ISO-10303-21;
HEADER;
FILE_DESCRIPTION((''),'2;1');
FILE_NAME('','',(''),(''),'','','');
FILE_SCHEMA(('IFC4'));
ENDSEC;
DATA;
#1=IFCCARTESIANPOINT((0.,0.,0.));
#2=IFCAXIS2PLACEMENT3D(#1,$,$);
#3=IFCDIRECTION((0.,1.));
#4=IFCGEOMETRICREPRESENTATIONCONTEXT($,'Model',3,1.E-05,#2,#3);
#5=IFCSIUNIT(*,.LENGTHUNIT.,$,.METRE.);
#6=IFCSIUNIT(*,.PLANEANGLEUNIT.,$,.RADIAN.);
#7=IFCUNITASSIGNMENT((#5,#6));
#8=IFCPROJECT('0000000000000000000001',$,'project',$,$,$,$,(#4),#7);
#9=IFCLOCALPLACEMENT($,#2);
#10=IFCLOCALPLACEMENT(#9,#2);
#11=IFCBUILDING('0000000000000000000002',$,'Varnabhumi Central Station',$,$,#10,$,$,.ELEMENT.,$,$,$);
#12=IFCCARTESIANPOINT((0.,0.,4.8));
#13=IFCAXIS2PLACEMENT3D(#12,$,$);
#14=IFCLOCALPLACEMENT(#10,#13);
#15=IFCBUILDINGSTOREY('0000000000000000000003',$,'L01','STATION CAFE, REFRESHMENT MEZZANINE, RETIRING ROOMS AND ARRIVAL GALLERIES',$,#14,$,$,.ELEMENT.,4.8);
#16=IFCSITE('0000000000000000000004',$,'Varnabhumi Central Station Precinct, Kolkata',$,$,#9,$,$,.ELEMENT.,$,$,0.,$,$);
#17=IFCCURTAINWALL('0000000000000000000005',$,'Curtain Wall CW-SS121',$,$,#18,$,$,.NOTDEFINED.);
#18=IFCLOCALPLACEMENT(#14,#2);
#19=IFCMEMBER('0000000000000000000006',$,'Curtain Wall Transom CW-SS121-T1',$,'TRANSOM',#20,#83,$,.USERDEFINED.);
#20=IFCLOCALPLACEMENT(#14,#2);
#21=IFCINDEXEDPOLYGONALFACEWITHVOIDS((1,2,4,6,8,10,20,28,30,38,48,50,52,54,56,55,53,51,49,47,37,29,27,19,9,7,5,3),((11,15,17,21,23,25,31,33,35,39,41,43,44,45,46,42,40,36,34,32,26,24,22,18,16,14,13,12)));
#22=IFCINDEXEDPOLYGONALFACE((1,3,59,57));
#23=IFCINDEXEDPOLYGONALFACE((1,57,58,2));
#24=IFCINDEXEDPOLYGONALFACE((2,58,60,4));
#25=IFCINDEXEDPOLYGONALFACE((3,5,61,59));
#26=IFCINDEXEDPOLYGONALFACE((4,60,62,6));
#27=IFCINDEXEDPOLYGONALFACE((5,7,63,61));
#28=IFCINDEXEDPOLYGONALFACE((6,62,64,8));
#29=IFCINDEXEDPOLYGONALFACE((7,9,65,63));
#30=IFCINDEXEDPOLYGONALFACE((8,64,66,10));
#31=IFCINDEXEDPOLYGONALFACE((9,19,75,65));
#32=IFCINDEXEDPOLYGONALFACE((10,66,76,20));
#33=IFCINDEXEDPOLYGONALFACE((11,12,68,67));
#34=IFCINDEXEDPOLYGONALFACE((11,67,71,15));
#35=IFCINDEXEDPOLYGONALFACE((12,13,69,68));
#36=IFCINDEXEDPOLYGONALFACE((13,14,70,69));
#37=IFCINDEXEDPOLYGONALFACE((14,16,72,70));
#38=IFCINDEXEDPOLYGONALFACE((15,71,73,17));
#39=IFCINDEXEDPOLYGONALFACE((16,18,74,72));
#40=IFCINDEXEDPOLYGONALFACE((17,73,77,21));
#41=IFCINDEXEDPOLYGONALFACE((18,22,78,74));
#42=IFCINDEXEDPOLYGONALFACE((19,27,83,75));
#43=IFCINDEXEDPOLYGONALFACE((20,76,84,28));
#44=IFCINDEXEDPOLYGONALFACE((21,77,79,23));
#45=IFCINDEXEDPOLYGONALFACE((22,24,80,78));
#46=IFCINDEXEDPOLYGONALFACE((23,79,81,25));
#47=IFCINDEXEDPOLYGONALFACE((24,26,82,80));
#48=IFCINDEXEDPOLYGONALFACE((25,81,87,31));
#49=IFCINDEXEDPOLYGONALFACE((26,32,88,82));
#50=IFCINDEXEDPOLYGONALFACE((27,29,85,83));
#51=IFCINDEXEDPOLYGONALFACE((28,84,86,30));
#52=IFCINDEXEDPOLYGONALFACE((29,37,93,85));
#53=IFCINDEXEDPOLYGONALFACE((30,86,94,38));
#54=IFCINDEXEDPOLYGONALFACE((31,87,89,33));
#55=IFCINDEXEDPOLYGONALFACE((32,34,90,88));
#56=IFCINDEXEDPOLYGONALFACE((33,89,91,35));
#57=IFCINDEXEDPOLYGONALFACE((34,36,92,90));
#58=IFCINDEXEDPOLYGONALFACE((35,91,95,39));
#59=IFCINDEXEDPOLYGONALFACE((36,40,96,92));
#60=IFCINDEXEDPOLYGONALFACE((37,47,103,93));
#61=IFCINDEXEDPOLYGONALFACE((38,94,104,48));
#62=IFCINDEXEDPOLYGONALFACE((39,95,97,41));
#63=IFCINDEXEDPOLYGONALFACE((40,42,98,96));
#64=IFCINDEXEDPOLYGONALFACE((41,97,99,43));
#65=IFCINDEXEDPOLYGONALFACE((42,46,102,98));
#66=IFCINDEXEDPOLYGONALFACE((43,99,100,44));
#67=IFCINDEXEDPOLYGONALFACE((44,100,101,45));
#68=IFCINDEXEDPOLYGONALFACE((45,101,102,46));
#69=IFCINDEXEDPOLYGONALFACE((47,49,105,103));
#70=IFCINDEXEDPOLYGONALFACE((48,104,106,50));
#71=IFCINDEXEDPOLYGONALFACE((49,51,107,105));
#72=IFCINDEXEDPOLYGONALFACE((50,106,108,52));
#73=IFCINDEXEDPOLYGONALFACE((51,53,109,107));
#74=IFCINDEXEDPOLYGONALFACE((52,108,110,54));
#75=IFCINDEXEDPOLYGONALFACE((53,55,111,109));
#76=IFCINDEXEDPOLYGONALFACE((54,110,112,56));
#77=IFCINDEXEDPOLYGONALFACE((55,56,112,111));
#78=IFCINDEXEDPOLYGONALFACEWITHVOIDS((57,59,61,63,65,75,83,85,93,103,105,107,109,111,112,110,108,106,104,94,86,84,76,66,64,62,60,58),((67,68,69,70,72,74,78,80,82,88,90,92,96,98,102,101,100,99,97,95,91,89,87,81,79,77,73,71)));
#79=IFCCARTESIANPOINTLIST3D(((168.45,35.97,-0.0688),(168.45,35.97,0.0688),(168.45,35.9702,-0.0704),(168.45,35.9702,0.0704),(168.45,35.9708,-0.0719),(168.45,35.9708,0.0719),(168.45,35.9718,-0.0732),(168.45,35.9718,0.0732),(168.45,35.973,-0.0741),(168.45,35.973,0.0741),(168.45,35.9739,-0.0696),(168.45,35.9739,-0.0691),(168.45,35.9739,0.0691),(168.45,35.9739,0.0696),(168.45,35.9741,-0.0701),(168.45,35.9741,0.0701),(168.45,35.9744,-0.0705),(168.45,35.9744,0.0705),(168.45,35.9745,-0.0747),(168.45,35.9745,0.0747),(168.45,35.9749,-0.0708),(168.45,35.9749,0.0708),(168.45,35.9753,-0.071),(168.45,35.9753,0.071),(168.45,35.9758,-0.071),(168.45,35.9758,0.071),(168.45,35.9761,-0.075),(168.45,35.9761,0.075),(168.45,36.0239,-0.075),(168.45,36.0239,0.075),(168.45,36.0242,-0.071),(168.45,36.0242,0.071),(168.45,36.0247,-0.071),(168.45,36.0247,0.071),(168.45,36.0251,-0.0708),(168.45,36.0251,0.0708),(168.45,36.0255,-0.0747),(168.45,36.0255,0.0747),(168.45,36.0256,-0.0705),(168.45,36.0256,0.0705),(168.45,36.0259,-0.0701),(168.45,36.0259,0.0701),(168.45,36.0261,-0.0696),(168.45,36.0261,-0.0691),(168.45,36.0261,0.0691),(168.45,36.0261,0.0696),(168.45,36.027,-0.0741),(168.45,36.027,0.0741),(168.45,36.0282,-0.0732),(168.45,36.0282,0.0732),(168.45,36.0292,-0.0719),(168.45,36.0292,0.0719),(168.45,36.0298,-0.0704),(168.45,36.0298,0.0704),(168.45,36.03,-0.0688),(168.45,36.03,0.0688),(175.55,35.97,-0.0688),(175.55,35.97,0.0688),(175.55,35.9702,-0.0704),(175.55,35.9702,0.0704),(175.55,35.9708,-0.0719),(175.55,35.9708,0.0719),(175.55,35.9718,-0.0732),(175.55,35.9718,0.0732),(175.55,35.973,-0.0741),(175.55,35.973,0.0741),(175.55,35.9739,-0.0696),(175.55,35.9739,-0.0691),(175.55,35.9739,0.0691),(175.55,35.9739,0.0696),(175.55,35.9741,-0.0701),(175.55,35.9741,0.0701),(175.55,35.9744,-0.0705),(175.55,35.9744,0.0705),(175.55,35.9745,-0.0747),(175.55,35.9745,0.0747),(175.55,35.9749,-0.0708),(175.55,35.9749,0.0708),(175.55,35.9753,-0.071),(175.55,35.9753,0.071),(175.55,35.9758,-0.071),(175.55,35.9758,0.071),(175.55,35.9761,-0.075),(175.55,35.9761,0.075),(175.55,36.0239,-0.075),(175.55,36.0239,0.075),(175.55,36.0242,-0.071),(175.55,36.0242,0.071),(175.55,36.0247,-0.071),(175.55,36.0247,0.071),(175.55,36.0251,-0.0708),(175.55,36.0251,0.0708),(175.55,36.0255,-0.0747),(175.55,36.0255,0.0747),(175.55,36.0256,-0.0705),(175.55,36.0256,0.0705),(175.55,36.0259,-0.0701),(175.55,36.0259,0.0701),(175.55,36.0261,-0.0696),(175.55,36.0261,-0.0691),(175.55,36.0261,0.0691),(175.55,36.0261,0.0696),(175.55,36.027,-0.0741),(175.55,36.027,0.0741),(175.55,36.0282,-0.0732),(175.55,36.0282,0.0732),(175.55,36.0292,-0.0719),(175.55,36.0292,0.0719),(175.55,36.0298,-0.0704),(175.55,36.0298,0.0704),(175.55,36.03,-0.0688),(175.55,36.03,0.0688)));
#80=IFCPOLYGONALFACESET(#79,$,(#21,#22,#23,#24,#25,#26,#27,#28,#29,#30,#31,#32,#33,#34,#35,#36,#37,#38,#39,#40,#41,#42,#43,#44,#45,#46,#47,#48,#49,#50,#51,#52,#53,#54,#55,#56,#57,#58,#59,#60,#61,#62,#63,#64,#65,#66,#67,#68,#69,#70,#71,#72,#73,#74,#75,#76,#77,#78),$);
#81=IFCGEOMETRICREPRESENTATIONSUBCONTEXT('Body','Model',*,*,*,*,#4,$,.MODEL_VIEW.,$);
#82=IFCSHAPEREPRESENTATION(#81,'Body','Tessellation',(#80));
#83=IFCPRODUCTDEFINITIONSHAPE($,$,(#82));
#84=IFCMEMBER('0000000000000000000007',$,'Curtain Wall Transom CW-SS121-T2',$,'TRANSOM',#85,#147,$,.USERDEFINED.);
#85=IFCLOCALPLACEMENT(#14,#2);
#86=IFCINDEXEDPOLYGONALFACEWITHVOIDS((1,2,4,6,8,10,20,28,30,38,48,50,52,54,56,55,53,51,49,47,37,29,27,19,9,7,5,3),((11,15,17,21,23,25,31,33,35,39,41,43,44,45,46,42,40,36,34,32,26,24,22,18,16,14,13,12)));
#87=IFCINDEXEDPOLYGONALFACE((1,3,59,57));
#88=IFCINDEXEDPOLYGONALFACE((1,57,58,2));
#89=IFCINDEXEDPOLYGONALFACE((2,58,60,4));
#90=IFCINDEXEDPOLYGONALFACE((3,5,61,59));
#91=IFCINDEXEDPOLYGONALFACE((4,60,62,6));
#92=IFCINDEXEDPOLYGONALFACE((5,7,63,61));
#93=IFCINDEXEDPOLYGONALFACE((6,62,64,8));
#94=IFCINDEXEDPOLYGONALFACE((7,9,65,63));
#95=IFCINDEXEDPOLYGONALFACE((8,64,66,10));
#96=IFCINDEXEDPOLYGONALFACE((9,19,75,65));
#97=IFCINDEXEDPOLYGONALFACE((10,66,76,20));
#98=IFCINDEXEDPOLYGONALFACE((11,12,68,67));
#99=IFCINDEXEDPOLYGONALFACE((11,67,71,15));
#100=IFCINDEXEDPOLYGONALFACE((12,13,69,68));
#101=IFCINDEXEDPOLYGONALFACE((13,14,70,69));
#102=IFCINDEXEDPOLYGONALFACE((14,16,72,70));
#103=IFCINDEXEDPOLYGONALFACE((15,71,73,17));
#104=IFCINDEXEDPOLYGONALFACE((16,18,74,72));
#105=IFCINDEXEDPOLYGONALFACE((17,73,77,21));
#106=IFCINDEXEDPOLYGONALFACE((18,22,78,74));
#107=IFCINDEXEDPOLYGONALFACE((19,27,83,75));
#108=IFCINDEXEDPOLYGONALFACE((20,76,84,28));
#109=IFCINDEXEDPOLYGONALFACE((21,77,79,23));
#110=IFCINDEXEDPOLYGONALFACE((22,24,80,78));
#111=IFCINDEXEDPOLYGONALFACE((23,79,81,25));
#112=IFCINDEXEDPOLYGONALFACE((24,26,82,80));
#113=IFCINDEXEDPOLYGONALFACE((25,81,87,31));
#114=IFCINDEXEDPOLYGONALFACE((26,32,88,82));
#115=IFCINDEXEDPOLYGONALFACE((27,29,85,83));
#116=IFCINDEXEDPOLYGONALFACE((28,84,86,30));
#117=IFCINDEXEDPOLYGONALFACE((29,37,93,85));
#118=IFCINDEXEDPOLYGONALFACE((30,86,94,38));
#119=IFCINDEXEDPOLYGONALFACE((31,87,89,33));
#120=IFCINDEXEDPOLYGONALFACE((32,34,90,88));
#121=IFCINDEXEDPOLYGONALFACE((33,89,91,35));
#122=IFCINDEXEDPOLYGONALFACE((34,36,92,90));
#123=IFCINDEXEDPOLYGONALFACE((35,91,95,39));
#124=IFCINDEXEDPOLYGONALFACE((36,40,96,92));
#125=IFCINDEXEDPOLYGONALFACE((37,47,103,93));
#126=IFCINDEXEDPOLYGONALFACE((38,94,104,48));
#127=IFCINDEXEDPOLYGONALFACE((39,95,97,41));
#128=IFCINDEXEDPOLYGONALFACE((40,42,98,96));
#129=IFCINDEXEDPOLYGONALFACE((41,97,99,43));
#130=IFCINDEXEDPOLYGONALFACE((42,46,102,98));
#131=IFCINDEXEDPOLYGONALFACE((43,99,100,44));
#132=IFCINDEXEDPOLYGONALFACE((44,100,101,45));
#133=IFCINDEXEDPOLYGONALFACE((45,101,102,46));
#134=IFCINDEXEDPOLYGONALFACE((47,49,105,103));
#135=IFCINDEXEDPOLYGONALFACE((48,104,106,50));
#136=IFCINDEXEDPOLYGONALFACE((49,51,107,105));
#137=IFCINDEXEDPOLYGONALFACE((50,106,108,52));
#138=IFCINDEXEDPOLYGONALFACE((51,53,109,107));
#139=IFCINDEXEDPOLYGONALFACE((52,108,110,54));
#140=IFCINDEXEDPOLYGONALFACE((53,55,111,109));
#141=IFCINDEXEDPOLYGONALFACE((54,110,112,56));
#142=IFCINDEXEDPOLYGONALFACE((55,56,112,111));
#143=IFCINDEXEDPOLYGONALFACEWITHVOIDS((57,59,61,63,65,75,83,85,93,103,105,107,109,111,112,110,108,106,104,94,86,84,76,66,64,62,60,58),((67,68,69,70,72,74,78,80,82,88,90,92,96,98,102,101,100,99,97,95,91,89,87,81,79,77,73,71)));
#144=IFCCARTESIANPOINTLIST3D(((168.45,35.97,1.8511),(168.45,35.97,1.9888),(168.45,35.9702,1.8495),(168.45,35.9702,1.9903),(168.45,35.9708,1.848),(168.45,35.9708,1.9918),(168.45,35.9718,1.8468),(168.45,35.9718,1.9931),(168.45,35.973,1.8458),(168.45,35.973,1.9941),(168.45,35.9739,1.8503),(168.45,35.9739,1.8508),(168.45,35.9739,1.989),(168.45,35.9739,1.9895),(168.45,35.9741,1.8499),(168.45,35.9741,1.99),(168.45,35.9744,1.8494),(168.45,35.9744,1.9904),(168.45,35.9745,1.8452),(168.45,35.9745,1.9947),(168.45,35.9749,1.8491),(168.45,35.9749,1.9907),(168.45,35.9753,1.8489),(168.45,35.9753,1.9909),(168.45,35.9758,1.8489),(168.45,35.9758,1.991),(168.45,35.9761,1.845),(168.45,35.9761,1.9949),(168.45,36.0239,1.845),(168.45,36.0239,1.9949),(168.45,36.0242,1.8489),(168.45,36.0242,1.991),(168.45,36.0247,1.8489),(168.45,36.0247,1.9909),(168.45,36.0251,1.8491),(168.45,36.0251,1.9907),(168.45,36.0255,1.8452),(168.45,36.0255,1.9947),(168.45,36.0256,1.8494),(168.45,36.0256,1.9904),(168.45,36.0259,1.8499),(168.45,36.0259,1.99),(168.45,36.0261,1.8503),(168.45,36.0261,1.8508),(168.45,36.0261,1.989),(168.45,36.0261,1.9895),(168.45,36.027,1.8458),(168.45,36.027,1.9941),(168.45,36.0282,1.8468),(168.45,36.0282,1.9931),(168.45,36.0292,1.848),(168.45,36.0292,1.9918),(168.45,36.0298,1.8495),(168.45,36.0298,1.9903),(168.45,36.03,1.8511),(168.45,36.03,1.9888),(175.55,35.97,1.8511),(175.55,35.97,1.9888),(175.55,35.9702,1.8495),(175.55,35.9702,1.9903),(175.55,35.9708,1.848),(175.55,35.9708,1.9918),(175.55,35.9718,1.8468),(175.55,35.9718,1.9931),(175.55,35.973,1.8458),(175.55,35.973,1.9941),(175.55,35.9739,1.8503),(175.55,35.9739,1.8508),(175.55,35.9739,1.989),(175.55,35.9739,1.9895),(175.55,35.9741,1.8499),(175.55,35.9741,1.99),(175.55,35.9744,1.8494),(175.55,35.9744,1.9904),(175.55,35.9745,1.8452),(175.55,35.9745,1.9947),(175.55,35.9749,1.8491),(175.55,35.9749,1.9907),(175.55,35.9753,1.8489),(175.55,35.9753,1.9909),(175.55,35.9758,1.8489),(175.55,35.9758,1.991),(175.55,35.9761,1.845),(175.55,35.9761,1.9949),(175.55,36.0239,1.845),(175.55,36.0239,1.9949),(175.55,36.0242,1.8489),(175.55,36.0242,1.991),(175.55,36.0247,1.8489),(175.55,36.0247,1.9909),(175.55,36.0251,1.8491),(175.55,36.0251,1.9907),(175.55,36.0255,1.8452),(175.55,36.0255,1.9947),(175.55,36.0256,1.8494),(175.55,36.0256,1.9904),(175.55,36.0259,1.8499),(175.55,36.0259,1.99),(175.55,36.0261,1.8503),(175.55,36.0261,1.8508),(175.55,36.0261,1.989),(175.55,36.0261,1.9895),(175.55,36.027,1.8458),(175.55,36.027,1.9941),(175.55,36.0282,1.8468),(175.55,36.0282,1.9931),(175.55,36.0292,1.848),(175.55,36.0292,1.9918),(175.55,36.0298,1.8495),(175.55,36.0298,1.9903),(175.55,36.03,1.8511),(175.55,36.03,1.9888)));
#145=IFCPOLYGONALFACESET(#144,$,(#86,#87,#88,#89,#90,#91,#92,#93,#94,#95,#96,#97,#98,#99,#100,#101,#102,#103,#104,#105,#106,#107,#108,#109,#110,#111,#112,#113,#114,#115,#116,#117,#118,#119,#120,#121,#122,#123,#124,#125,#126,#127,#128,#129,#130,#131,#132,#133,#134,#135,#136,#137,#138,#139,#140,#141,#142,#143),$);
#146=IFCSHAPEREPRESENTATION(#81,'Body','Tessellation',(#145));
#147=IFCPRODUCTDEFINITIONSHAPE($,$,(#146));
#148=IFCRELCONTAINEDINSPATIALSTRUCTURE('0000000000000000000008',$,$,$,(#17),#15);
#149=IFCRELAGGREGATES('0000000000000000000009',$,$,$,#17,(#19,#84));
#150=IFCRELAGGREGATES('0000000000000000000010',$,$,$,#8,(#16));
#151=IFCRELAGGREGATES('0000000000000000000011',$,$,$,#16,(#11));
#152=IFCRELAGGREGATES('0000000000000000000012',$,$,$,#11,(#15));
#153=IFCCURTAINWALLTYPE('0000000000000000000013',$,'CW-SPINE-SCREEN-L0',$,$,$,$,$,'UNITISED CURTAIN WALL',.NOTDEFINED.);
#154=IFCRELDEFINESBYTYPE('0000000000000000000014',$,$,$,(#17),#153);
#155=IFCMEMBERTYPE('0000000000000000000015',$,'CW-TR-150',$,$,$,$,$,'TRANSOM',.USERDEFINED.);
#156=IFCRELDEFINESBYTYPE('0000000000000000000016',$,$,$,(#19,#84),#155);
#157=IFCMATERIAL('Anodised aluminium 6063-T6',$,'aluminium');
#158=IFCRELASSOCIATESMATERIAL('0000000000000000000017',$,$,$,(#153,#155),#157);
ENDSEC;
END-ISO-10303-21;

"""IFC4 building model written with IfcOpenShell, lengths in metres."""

from ifc_helpers import new_model, si_unit, direction, frame, origin, origin_2d, place, context, subcontext, project, spatial, hollow_rectangle, extrude, material, material_profile, profile_set, type_object, element, aggregate, save


model = new_model("IFC4")

# Units and contexts
model_context = context("Model", 3, precision=1e-05, world=origin(), true_north=direction((0.0, 1.0)))
body_context = subcontext(model_context, "Body", "Model", "MODEL_VIEW")
ifc_project = project(units=[si_unit("LENGTHUNIT", "METRE"), si_unit("PLANEANGLEUNIT", "RADIAN")], contexts=[model_context])

# Site, building, storey
site_placement = place(None, origin())
site = spatial("IfcSite", under=ifc_project, at=site_placement, Name="Varnabhumi Central Station Precinct, Kolkata", CompositionType="ELEMENT", RefElevation=0.0)
building_placement = place(site_placement, origin())
building = spatial("IfcBuilding", under=site, at=building_placement, Name="Varnabhumi Central Station", CompositionType="ELEMENT")
storey_placement = place(building_placement, frame((0.0, 0.0, 4.8)))
storey = spatial("IfcBuildingStorey", under=building, at=storey_placement, Name="L01", Description="STATION CAFE, REFRESHMENT MEZZANINE, RETIRING ROOMS AND ARRIVAL GALLERIES", CompositionType="ELEMENT", Elevation=4.8)

# Curtain wall, members
ifc_material_1 = material(Name="Anodised aluminium 6063-T6", Category="aluminium")
curtain_wall_type = type_object("IfcCurtainWallType", Name="CW-SPINE-SCREEN-L0", ElementType="UNITISED CURTAIN WALL", PredefinedType="NOTDEFINED", material=ifc_material_1)
curtain_wall_placement = place(storey_placement, origin())
curtain_wall = element("IfcCurtainWall", 1, at=curtain_wall_placement, inside=storey, type_object=curtain_wall_type, Name="Curtain Wall CW-SS121", PredefinedType="NOTDEFINED")
ifc_material_profile_1 = material_profile(ifc_material_1, hollow_rectangle(XDim=0.0601, YDim=0.1499, WallThickness=0.0039, InnerFilletRadius=0.002, OuterFilletRadius=0.0061, at=origin_2d()), Name="Anodised aluminium 6063-T6", Category="aluminium")
ifc_profile_set_1 = profile_set([ifc_material_profile_1], Name="Anodised aluminium 6063-T6")
member_type_1 = type_object("IfcMemberType", Name="CW-TR-150", ElementType="TRANSOM", PredefinedType="USERDEFINED", material=ifc_profile_set_1)
member_1_placement = place(storey_placement, frame((168.45, 36.0, 0.0), z_axis=(1.0, 0.0, 0.0), x_axis=(0.0, 1.0, 0.0)))
member_1 = element("IfcMember", 2, at=member_1_placement, type_object=member_type_1, Name="Curtain Wall Transom CW-SS121-T1", ObjectType="TRANSOM", PredefinedType="USERDEFINED", context=body_context, shape_type="SweptSolid", body=[
    extrude(hollow_rectangle(XDim=0.0601, YDim=0.1499, WallThickness=0.0039, InnerFilletRadius=0.002, OuterFilletRadius=0.0061, at=origin_2d()), origin(), (0.0, 0.0, 1.0), 7.1001),
])
member_2_placement = place(storey_placement, frame((168.45, 36.0, 1.9199), z_axis=(1.0, 0.0, 0.0), x_axis=(0.0, 1.0, 0.0)))
member_2 = element("IfcMember", 3, at=member_2_placement, type_object=member_type_1, Name="Curtain Wall Transom CW-SS121-T2", ObjectType="TRANSOM", PredefinedType="USERDEFINED", context=body_context, shape_type="SweptSolid", body=[
    extrude(hollow_rectangle(XDim=0.0601, YDim=0.1499, WallThickness=0.0039, InnerFilletRadius=0.002, OuterFilletRadius=0.0061, at=origin_2d()), origin(), (0.0, 0.0, 1.0), 7.1001),
])
aggregate(curtain_wall, [member_1, member_2])

save(model, "model.ifc")
